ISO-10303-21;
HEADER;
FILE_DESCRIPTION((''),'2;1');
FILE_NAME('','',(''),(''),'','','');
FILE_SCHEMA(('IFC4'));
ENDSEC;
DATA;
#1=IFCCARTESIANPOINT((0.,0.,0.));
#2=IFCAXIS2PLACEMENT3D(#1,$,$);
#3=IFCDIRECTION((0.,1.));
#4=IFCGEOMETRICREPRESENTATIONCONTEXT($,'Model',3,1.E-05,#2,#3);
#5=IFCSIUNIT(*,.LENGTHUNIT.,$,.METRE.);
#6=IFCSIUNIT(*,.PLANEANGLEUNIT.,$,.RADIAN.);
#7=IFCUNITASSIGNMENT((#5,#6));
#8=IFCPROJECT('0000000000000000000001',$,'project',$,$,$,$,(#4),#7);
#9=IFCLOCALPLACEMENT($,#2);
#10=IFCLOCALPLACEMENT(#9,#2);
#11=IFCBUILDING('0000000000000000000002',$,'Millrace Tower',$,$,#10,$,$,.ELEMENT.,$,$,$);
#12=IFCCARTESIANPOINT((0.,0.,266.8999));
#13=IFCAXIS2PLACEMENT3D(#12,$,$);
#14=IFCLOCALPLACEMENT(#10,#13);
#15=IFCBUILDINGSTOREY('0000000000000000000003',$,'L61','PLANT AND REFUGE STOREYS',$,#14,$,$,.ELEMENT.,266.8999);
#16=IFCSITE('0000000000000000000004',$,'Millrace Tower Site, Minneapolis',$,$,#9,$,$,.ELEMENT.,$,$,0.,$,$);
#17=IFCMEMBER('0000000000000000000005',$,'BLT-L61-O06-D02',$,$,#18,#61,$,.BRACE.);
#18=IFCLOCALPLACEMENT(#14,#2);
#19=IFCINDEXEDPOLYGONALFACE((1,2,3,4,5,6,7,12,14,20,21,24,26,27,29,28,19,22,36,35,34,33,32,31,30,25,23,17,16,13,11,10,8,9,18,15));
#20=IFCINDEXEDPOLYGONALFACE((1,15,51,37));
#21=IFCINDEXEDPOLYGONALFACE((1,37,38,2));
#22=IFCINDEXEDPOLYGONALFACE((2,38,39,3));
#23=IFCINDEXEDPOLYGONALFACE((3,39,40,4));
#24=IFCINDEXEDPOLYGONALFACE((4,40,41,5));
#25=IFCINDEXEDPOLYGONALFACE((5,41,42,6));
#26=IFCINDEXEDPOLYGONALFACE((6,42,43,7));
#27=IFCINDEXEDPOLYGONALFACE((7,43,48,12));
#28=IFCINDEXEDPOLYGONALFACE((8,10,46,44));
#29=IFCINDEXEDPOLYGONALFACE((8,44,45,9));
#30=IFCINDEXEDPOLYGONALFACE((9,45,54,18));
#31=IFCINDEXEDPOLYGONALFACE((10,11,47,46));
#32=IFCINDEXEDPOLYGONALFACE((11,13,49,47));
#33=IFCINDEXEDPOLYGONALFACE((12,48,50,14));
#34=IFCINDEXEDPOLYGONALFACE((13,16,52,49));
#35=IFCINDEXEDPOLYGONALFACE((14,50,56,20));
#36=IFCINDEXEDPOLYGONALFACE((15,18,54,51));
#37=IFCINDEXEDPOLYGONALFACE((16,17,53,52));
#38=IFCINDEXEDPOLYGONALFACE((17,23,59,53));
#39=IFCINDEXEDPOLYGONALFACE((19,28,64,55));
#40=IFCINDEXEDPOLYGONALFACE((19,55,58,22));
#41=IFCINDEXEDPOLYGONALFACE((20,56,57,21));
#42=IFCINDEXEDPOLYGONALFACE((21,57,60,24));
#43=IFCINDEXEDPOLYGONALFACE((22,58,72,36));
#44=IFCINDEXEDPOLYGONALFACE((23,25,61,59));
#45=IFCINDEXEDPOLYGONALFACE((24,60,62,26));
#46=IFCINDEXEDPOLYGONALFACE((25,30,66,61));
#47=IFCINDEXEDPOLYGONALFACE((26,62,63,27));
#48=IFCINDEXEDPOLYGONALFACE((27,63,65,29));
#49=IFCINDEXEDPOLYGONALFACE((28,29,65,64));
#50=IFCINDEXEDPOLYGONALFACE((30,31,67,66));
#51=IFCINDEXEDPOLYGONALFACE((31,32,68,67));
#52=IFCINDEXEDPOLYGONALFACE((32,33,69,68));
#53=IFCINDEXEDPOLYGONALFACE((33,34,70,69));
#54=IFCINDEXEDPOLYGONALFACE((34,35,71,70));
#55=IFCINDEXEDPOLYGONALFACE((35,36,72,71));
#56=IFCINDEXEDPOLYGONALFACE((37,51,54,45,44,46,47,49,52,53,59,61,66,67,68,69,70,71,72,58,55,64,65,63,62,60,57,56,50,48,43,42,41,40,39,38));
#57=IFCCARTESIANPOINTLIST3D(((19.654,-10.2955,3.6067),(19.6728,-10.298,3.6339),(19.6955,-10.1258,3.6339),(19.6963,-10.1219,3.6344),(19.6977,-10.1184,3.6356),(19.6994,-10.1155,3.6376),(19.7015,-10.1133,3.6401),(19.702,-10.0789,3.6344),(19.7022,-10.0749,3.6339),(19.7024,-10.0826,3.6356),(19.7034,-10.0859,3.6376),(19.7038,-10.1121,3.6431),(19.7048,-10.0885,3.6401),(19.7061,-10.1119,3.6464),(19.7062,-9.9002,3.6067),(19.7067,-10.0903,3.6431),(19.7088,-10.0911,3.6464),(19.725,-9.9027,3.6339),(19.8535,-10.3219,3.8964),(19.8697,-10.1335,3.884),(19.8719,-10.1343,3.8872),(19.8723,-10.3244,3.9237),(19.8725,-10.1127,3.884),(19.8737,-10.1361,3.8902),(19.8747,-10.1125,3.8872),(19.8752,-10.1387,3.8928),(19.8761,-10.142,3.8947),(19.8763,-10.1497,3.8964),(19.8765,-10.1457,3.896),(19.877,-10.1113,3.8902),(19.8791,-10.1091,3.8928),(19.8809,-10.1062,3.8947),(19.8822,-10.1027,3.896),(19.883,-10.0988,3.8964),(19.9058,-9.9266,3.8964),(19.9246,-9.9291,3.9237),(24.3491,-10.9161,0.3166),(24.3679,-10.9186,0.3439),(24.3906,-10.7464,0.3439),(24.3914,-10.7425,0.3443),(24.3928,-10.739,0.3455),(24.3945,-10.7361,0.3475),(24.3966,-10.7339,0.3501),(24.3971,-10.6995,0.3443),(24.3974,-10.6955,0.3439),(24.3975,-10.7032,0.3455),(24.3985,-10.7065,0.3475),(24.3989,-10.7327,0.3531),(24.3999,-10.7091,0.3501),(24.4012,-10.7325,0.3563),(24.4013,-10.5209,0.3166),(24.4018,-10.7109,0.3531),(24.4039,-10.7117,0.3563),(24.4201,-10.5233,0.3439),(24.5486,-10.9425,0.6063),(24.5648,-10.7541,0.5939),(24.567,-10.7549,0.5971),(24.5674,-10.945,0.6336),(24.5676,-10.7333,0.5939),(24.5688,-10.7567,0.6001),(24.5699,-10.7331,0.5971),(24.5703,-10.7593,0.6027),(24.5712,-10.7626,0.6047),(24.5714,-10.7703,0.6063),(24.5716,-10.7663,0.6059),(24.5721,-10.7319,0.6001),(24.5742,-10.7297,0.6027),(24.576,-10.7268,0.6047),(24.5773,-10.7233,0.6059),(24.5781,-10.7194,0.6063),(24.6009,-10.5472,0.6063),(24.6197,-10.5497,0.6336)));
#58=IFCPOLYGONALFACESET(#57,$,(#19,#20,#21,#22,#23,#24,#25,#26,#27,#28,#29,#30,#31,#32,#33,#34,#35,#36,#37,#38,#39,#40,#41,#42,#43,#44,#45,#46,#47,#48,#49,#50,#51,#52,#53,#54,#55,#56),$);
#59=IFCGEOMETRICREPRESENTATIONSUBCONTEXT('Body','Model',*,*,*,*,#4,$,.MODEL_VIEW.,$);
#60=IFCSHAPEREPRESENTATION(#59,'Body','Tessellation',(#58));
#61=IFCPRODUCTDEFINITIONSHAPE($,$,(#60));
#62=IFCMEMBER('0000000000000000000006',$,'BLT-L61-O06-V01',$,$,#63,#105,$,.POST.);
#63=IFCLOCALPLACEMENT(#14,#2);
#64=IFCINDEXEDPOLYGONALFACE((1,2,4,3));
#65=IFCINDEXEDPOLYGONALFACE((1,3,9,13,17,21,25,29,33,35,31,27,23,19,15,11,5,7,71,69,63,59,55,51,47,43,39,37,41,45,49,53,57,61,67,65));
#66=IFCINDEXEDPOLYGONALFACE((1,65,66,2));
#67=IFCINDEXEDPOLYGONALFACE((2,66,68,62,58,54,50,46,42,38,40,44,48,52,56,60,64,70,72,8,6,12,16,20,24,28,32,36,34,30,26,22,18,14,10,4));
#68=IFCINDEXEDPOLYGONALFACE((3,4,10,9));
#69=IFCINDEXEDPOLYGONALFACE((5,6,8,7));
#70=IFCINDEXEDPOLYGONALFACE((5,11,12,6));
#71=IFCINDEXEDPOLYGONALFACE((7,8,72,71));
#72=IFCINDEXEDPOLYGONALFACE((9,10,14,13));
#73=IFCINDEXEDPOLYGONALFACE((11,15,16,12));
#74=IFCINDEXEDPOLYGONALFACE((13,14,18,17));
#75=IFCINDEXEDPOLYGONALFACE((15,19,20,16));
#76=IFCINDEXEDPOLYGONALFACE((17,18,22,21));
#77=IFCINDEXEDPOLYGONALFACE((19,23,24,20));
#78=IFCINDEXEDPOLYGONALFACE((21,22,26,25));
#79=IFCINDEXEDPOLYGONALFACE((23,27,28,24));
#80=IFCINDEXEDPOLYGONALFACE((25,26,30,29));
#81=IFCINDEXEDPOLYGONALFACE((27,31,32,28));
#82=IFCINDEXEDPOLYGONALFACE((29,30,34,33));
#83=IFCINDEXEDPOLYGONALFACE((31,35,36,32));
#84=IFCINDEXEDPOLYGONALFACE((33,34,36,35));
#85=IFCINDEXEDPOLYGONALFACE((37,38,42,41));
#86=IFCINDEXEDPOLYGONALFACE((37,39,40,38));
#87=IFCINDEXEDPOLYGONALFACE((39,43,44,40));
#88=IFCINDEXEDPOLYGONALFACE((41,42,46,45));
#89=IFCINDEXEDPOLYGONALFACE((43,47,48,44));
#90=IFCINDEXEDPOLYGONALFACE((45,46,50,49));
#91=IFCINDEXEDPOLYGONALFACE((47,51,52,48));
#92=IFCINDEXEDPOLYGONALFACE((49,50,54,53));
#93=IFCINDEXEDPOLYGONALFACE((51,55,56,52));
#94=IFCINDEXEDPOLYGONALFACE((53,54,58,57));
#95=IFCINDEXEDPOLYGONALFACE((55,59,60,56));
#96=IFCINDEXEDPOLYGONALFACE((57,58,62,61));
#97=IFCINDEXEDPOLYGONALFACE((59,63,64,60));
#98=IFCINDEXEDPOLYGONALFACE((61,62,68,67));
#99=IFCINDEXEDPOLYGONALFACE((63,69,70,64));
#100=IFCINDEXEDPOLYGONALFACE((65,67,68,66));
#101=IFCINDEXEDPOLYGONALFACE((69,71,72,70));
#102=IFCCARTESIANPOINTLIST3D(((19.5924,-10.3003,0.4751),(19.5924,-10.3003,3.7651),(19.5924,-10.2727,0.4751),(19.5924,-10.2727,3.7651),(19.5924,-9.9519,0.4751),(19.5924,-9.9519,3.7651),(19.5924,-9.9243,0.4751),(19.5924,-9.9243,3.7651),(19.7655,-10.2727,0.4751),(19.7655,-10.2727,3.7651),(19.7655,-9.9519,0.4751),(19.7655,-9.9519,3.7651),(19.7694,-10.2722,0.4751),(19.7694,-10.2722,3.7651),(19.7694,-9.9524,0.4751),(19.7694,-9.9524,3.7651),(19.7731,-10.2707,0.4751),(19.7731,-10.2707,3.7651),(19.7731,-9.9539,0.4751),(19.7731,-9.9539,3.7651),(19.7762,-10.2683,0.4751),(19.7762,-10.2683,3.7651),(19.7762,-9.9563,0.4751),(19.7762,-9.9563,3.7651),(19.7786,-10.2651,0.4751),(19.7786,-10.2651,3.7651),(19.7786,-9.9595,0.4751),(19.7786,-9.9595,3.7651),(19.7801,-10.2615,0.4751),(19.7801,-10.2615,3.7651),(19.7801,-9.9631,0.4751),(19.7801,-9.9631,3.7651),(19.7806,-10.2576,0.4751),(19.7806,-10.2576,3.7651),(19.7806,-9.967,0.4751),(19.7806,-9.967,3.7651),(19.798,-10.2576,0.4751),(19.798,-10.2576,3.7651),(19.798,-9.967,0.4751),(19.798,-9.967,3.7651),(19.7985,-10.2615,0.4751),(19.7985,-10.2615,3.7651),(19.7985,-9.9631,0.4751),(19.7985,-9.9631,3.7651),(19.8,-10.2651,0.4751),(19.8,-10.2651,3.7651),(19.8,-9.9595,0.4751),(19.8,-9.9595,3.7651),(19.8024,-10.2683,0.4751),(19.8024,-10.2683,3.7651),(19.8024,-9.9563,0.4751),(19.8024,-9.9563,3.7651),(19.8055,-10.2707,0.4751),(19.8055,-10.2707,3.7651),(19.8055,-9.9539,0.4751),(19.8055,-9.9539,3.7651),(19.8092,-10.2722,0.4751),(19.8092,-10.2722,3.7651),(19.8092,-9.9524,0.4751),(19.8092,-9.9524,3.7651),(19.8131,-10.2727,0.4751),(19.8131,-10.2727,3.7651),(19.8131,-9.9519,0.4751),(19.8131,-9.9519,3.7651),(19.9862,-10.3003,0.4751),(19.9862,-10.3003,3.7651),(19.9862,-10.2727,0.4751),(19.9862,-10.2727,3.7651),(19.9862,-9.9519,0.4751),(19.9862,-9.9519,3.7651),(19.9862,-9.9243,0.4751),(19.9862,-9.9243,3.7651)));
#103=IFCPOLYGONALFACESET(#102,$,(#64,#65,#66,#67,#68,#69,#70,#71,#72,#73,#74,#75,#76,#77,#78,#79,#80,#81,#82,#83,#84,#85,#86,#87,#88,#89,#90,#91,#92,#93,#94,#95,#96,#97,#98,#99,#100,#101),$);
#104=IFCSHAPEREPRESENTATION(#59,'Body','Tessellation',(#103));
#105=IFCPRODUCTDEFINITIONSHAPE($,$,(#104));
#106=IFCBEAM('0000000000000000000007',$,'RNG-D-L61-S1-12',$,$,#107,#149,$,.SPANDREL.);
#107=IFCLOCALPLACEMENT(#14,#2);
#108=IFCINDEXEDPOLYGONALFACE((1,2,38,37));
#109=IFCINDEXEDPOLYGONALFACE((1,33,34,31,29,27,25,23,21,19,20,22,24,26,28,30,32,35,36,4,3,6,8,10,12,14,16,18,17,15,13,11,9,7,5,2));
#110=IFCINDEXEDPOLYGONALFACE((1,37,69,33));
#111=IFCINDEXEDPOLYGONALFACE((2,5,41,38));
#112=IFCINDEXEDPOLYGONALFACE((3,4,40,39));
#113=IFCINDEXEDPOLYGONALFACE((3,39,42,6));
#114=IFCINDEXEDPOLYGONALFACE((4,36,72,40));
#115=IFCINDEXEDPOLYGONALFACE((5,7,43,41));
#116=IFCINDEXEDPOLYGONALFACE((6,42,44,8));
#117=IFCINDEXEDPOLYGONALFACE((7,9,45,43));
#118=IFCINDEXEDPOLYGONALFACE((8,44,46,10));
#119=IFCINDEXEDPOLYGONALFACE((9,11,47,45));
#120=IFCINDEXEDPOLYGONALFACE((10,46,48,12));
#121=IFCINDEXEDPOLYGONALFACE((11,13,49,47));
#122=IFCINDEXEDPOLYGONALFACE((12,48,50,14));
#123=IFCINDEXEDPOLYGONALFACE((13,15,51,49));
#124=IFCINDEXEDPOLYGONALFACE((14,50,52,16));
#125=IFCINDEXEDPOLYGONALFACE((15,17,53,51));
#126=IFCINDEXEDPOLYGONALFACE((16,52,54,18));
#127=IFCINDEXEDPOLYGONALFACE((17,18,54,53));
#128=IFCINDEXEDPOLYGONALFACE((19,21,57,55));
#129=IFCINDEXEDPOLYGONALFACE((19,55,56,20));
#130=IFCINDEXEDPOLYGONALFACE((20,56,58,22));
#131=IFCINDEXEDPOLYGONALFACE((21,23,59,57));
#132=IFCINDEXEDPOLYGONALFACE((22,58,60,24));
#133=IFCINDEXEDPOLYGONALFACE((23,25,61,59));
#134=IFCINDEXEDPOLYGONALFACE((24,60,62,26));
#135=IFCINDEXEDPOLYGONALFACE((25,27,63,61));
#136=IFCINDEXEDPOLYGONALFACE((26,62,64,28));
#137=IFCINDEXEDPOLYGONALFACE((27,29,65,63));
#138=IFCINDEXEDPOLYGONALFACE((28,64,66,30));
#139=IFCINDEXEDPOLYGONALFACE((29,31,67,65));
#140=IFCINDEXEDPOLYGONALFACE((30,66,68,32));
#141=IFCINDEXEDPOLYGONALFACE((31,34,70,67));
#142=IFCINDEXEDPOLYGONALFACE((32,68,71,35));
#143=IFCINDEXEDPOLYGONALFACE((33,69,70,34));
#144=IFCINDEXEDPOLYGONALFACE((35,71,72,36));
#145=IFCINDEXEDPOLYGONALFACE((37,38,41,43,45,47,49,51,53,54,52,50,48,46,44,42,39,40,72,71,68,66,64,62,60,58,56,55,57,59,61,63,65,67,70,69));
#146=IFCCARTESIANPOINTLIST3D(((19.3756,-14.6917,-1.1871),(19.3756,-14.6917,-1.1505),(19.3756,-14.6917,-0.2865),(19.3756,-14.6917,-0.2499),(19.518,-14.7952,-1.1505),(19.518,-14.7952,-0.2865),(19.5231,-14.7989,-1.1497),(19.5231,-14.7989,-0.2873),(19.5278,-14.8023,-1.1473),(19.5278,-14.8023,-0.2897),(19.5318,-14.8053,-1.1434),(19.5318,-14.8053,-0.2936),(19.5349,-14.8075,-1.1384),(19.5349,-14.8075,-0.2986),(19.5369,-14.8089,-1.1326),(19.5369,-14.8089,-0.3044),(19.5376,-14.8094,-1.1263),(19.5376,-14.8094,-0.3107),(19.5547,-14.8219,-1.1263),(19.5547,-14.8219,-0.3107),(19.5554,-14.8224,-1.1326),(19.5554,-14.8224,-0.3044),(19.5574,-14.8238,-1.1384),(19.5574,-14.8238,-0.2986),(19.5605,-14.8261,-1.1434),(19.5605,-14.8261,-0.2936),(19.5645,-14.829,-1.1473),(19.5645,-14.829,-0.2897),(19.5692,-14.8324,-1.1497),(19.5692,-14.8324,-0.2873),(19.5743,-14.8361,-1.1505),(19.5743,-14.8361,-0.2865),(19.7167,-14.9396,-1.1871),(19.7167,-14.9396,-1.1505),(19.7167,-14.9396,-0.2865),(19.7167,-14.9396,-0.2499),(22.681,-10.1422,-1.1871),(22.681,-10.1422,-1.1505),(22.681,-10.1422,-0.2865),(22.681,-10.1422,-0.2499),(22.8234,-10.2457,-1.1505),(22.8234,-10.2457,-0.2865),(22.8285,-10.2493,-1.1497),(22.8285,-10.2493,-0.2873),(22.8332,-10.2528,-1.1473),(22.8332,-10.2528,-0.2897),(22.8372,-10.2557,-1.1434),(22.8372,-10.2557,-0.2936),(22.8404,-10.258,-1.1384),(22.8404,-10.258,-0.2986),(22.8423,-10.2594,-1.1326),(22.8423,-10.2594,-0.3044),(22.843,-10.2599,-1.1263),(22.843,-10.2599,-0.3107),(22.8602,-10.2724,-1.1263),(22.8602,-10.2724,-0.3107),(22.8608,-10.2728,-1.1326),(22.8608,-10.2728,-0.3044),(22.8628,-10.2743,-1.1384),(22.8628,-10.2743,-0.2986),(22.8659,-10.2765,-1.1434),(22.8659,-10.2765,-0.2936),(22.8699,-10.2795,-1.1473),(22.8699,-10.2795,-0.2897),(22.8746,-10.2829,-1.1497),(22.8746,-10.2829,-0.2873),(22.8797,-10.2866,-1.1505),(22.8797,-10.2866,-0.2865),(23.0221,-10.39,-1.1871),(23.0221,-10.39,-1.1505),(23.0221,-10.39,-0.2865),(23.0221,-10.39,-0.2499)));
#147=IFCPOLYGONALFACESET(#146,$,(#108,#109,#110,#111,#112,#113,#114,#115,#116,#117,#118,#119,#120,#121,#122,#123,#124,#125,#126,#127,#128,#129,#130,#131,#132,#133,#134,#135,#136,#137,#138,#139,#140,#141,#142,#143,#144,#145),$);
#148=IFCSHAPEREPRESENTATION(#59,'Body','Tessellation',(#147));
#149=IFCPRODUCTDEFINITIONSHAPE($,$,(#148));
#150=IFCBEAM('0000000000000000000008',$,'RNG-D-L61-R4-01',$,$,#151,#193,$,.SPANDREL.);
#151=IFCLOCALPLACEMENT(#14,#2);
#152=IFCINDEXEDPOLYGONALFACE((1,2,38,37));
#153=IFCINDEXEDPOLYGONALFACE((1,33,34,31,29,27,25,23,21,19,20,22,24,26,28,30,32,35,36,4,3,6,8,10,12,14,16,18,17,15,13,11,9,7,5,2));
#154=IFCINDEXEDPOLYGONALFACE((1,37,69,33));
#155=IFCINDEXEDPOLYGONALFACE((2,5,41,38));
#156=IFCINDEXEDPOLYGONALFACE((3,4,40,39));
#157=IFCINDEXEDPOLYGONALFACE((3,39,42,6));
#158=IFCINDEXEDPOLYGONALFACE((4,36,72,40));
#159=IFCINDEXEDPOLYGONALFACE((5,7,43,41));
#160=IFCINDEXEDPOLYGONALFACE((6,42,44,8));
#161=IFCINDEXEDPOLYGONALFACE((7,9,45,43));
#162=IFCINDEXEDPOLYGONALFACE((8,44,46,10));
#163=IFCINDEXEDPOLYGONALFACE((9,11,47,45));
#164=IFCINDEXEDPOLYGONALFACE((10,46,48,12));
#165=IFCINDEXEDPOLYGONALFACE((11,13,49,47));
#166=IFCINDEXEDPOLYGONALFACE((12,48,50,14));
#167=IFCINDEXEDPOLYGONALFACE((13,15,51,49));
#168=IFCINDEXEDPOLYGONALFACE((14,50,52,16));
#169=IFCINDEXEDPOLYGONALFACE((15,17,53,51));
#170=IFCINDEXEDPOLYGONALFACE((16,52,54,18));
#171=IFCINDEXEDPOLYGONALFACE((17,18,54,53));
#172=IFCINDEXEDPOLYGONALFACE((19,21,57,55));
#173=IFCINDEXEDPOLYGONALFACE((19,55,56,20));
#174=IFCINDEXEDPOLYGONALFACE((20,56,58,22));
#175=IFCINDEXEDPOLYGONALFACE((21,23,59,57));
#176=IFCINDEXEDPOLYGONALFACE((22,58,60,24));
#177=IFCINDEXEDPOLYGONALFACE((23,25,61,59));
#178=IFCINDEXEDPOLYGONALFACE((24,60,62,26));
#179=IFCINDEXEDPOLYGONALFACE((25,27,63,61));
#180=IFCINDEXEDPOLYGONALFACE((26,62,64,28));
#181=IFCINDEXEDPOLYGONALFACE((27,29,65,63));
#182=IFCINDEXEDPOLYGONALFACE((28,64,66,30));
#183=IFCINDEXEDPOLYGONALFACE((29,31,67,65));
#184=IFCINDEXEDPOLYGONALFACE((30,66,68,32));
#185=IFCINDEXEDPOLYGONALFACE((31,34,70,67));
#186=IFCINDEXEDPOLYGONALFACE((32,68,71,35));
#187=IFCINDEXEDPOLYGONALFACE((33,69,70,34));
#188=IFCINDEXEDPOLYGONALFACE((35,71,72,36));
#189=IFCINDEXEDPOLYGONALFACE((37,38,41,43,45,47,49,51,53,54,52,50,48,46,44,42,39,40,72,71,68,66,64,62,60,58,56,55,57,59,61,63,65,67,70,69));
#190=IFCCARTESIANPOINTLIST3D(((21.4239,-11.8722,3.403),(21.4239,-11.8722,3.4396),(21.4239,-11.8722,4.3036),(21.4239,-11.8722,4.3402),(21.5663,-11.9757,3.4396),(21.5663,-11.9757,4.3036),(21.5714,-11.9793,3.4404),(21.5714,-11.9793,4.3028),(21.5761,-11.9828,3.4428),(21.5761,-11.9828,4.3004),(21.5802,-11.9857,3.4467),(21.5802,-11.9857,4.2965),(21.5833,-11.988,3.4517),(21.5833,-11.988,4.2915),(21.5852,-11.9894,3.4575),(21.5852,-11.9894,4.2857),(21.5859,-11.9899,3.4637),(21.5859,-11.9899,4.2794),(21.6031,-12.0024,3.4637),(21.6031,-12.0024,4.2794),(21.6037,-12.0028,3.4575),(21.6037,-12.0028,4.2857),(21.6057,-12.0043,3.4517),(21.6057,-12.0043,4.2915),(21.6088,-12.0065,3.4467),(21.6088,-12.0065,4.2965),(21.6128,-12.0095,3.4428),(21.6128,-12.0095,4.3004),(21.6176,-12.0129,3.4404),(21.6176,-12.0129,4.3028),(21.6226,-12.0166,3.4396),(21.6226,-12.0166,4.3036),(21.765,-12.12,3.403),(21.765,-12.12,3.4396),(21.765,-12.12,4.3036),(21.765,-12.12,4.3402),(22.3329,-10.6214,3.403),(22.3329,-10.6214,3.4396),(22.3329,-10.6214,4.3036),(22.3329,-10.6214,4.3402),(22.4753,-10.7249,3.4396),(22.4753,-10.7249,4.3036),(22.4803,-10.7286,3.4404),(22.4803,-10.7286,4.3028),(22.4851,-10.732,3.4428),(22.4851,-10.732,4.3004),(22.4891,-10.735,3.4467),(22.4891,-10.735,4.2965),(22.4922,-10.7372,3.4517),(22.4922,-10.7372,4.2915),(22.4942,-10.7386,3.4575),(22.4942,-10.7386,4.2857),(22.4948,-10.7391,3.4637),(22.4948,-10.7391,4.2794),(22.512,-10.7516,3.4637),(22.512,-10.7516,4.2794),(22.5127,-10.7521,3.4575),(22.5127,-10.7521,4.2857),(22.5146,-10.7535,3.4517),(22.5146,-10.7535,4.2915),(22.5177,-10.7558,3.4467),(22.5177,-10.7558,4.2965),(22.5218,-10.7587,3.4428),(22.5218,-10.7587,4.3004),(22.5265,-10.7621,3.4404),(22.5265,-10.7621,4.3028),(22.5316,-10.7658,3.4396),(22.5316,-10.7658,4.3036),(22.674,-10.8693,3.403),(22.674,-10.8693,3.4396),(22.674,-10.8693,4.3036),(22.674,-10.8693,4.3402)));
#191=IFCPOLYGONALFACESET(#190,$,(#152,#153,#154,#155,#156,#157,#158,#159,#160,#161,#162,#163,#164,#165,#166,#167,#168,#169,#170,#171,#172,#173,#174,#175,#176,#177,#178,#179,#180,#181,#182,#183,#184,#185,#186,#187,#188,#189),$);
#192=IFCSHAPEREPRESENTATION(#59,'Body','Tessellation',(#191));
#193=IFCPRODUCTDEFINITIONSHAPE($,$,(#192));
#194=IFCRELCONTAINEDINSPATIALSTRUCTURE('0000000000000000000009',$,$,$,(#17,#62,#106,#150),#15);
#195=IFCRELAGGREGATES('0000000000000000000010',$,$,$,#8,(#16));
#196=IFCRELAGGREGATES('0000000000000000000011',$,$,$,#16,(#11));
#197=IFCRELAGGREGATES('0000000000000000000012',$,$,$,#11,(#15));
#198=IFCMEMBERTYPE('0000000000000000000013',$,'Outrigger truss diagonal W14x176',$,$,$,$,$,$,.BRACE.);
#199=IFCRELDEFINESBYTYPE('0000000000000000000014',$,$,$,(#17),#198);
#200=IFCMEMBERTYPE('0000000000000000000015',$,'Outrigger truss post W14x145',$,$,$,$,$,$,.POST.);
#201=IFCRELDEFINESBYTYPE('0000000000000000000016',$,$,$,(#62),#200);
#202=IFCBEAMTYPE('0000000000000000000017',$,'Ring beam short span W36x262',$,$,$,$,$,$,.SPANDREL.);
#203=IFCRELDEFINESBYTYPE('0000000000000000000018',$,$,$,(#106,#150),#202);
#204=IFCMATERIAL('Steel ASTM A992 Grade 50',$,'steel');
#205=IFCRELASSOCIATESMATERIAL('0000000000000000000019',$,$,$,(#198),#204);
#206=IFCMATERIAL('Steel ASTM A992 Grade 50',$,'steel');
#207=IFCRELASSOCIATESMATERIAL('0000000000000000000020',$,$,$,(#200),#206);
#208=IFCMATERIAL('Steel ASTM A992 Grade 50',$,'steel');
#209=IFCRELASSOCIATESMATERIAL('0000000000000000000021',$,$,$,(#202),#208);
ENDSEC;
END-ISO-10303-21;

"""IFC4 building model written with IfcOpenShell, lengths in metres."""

from ifc_helpers import new_model, si_unit, direction, frame, origin, origin_2d, place, context, subcontext, project, spatial, i_section, extrude, material, material_profile, profile_set, type_object, element, save


model = new_model("IFC4")

# Units and contexts
model_context = context("Model", 3, precision=1e-05, world=origin(), true_north=direction((0.0, 1.0)))
body_context = subcontext(model_context, "Body", "Model", "MODEL_VIEW")
ifc_project = project(units=[si_unit("LENGTHUNIT", "METRE"), si_unit("PLANEANGLEUNIT", "RADIAN")], contexts=[model_context])

# Site, building, storey
site_placement = place(None, origin())
site = spatial("IfcSite", under=ifc_project, at=site_placement, Name="Millrace Tower Site, Minneapolis", CompositionType="ELEMENT", RefElevation=0.0)
building_placement = place(site_placement, origin())
building = spatial("IfcBuilding", under=site, at=building_placement, Name="Millrace Tower", CompositionType="ELEMENT")
storey_placement = place(building_placement, frame((0.0, 0.0, 266.8999)))
storey = spatial("IfcBuildingStorey", under=building, at=storey_placement, Name="L61", Description="PLANT AND REFUGE STOREYS", CompositionType="ELEMENT", Elevation=266.8999)

# Members
ifc_material_1 = material(Name="Steel ASTM A992 Grade 50", Category="steel")
ifc_material_profile_1 = material_profile(ifc_material_1, i_section(OverallWidth=0.3987, OverallDepth=0.386, WebThickness=0.021, FlangeThickness=0.0332, FilletRadius=0.0151, at=origin_2d()))
ifc_profile_set_1 = profile_set([ifc_material_profile_1], Name="Steel ASTM A992 Grade 50")
member_type_1 = type_object("IfcMemberType", Name="Outrigger truss diagonal W14x176", PredefinedType="BRACE", material=ifc_profile_set_1)
member_1_placement = place(storey_placement, frame((24.4844, -10.7329, 0.4751), z_axis=(-0.814189, 0.107621, 0.570538), x_axis=(-0.131043, -0.991377, 0.0)))
element("IfcMember", 1, at=member_1_placement, inside=storey, type_object=member_type_1, Name="BLT-L61-O06-D02", PredefinedType="BRACE", context=body_context, shape_type="SweptSolid", body=[
    extrude(i_section(OverallWidth=0.3987, OverallDepth=0.386, WebThickness=0.021, FlangeThickness=0.0332, FilletRadius=0.0151, at=origin_2d()), origin(), (0.0, 0.0, 1.0), 5.7666),
])
ifc_material_2 = material(Name="Steel ASTM A992 Grade 50", Category="steel")
ifc_material_profile_2 = material_profile(ifc_material_2, i_section(OverallWidth=0.3938, OverallDepth=0.376, WebThickness=0.0173, FlangeThickness=0.0276, FilletRadius=0.0151, at=origin_2d()))
ifc_profile_set_2 = profile_set([ifc_material_profile_2], Name="Steel ASTM A992 Grade 50")
member_type_2 = type_object("IfcMemberType", Name="Outrigger truss post W14x145", PredefinedType="POST", material=ifc_profile_set_2)
member_2_placement = place(storey_placement, frame((19.7893, -10.1123, 0.4751), z_axis=(0.0, 0.0, 1.0), x_axis=(1.0, 0.0, 0.0)))
element("IfcMember", 2, at=member_2_placement, inside=storey, type_object=member_type_2, Name="BLT-L61-O06-V01", PredefinedType="POST", context=body_context, shape_type="SweptSolid", body=[
    extrude(i_section(OverallWidth=0.3938, OverallDepth=0.376, WebThickness=0.0173, FlangeThickness=0.0276, FilletRadius=0.0151, at=origin_2d()), origin(), (0.0, 0.0, 1.0), 3.29),
])

# Beams
ifc_material_3 = material(Name="Steel ASTM A992 Grade 50", Category="steel")
ifc_material_profile_3 = material_profile(ifc_material_3, i_section(OverallWidth=0.4216, OverallDepth=0.9373, WebThickness=0.0212, FlangeThickness=0.0366, FilletRadius=0.0242, at=origin_2d()))
ifc_profile_set_3 = profile_set([ifc_material_profile_3], Name="Steel ASTM A992 Grade 50")
beam_type_1 = type_object("IfcBeamType", Name="Ring beam short span W36x262", PredefinedType="SPANDREL", material=ifc_profile_set_3)
beam_1_placement = place(storey_placement, frame((22.8516, -10.2661, -0.7185), z_axis=(-0.587782, -0.809019, 0.0), x_axis=(0.809019, -0.587782, 0.0)))
element("IfcBeam", 3, at=beam_1_placement, inside=storey, type_object=beam_type_1, Name="RNG-D-L61-S1-12", PredefinedType="SPANDREL", context=body_context, shape_type="SweptSolid", body=[
    extrude(i_section(OverallWidth=0.4216, OverallDepth=0.9373, WebThickness=0.0212, FlangeThickness=0.0366, FilletRadius=0.0242, at=origin_2d()), origin(), (0.0, 0.0, 1.0), 5.6235),
])
beam_2_placement = place(storey_placement, frame((22.5034, -10.7454, 3.8716), z_axis=(-0.587881, -0.808948, 0.0), x_axis=(0.808948, -0.587881, 0.0)))
element("IfcBeam", 4, at=beam_2_placement, inside=storey, type_object=beam_type_1, Name="RNG-D-L61-R4-01", PredefinedType="SPANDREL", context=body_context, shape_type="SweptSolid", body=[
    extrude(i_section(OverallWidth=0.4216, OverallDepth=0.9373, WebThickness=0.0212, FlangeThickness=0.0366, FilletRadius=0.0242, at=origin_2d()), origin(), (0.0, 0.0, 1.0), 1.5461),
])

save(model, "model.ifc")
